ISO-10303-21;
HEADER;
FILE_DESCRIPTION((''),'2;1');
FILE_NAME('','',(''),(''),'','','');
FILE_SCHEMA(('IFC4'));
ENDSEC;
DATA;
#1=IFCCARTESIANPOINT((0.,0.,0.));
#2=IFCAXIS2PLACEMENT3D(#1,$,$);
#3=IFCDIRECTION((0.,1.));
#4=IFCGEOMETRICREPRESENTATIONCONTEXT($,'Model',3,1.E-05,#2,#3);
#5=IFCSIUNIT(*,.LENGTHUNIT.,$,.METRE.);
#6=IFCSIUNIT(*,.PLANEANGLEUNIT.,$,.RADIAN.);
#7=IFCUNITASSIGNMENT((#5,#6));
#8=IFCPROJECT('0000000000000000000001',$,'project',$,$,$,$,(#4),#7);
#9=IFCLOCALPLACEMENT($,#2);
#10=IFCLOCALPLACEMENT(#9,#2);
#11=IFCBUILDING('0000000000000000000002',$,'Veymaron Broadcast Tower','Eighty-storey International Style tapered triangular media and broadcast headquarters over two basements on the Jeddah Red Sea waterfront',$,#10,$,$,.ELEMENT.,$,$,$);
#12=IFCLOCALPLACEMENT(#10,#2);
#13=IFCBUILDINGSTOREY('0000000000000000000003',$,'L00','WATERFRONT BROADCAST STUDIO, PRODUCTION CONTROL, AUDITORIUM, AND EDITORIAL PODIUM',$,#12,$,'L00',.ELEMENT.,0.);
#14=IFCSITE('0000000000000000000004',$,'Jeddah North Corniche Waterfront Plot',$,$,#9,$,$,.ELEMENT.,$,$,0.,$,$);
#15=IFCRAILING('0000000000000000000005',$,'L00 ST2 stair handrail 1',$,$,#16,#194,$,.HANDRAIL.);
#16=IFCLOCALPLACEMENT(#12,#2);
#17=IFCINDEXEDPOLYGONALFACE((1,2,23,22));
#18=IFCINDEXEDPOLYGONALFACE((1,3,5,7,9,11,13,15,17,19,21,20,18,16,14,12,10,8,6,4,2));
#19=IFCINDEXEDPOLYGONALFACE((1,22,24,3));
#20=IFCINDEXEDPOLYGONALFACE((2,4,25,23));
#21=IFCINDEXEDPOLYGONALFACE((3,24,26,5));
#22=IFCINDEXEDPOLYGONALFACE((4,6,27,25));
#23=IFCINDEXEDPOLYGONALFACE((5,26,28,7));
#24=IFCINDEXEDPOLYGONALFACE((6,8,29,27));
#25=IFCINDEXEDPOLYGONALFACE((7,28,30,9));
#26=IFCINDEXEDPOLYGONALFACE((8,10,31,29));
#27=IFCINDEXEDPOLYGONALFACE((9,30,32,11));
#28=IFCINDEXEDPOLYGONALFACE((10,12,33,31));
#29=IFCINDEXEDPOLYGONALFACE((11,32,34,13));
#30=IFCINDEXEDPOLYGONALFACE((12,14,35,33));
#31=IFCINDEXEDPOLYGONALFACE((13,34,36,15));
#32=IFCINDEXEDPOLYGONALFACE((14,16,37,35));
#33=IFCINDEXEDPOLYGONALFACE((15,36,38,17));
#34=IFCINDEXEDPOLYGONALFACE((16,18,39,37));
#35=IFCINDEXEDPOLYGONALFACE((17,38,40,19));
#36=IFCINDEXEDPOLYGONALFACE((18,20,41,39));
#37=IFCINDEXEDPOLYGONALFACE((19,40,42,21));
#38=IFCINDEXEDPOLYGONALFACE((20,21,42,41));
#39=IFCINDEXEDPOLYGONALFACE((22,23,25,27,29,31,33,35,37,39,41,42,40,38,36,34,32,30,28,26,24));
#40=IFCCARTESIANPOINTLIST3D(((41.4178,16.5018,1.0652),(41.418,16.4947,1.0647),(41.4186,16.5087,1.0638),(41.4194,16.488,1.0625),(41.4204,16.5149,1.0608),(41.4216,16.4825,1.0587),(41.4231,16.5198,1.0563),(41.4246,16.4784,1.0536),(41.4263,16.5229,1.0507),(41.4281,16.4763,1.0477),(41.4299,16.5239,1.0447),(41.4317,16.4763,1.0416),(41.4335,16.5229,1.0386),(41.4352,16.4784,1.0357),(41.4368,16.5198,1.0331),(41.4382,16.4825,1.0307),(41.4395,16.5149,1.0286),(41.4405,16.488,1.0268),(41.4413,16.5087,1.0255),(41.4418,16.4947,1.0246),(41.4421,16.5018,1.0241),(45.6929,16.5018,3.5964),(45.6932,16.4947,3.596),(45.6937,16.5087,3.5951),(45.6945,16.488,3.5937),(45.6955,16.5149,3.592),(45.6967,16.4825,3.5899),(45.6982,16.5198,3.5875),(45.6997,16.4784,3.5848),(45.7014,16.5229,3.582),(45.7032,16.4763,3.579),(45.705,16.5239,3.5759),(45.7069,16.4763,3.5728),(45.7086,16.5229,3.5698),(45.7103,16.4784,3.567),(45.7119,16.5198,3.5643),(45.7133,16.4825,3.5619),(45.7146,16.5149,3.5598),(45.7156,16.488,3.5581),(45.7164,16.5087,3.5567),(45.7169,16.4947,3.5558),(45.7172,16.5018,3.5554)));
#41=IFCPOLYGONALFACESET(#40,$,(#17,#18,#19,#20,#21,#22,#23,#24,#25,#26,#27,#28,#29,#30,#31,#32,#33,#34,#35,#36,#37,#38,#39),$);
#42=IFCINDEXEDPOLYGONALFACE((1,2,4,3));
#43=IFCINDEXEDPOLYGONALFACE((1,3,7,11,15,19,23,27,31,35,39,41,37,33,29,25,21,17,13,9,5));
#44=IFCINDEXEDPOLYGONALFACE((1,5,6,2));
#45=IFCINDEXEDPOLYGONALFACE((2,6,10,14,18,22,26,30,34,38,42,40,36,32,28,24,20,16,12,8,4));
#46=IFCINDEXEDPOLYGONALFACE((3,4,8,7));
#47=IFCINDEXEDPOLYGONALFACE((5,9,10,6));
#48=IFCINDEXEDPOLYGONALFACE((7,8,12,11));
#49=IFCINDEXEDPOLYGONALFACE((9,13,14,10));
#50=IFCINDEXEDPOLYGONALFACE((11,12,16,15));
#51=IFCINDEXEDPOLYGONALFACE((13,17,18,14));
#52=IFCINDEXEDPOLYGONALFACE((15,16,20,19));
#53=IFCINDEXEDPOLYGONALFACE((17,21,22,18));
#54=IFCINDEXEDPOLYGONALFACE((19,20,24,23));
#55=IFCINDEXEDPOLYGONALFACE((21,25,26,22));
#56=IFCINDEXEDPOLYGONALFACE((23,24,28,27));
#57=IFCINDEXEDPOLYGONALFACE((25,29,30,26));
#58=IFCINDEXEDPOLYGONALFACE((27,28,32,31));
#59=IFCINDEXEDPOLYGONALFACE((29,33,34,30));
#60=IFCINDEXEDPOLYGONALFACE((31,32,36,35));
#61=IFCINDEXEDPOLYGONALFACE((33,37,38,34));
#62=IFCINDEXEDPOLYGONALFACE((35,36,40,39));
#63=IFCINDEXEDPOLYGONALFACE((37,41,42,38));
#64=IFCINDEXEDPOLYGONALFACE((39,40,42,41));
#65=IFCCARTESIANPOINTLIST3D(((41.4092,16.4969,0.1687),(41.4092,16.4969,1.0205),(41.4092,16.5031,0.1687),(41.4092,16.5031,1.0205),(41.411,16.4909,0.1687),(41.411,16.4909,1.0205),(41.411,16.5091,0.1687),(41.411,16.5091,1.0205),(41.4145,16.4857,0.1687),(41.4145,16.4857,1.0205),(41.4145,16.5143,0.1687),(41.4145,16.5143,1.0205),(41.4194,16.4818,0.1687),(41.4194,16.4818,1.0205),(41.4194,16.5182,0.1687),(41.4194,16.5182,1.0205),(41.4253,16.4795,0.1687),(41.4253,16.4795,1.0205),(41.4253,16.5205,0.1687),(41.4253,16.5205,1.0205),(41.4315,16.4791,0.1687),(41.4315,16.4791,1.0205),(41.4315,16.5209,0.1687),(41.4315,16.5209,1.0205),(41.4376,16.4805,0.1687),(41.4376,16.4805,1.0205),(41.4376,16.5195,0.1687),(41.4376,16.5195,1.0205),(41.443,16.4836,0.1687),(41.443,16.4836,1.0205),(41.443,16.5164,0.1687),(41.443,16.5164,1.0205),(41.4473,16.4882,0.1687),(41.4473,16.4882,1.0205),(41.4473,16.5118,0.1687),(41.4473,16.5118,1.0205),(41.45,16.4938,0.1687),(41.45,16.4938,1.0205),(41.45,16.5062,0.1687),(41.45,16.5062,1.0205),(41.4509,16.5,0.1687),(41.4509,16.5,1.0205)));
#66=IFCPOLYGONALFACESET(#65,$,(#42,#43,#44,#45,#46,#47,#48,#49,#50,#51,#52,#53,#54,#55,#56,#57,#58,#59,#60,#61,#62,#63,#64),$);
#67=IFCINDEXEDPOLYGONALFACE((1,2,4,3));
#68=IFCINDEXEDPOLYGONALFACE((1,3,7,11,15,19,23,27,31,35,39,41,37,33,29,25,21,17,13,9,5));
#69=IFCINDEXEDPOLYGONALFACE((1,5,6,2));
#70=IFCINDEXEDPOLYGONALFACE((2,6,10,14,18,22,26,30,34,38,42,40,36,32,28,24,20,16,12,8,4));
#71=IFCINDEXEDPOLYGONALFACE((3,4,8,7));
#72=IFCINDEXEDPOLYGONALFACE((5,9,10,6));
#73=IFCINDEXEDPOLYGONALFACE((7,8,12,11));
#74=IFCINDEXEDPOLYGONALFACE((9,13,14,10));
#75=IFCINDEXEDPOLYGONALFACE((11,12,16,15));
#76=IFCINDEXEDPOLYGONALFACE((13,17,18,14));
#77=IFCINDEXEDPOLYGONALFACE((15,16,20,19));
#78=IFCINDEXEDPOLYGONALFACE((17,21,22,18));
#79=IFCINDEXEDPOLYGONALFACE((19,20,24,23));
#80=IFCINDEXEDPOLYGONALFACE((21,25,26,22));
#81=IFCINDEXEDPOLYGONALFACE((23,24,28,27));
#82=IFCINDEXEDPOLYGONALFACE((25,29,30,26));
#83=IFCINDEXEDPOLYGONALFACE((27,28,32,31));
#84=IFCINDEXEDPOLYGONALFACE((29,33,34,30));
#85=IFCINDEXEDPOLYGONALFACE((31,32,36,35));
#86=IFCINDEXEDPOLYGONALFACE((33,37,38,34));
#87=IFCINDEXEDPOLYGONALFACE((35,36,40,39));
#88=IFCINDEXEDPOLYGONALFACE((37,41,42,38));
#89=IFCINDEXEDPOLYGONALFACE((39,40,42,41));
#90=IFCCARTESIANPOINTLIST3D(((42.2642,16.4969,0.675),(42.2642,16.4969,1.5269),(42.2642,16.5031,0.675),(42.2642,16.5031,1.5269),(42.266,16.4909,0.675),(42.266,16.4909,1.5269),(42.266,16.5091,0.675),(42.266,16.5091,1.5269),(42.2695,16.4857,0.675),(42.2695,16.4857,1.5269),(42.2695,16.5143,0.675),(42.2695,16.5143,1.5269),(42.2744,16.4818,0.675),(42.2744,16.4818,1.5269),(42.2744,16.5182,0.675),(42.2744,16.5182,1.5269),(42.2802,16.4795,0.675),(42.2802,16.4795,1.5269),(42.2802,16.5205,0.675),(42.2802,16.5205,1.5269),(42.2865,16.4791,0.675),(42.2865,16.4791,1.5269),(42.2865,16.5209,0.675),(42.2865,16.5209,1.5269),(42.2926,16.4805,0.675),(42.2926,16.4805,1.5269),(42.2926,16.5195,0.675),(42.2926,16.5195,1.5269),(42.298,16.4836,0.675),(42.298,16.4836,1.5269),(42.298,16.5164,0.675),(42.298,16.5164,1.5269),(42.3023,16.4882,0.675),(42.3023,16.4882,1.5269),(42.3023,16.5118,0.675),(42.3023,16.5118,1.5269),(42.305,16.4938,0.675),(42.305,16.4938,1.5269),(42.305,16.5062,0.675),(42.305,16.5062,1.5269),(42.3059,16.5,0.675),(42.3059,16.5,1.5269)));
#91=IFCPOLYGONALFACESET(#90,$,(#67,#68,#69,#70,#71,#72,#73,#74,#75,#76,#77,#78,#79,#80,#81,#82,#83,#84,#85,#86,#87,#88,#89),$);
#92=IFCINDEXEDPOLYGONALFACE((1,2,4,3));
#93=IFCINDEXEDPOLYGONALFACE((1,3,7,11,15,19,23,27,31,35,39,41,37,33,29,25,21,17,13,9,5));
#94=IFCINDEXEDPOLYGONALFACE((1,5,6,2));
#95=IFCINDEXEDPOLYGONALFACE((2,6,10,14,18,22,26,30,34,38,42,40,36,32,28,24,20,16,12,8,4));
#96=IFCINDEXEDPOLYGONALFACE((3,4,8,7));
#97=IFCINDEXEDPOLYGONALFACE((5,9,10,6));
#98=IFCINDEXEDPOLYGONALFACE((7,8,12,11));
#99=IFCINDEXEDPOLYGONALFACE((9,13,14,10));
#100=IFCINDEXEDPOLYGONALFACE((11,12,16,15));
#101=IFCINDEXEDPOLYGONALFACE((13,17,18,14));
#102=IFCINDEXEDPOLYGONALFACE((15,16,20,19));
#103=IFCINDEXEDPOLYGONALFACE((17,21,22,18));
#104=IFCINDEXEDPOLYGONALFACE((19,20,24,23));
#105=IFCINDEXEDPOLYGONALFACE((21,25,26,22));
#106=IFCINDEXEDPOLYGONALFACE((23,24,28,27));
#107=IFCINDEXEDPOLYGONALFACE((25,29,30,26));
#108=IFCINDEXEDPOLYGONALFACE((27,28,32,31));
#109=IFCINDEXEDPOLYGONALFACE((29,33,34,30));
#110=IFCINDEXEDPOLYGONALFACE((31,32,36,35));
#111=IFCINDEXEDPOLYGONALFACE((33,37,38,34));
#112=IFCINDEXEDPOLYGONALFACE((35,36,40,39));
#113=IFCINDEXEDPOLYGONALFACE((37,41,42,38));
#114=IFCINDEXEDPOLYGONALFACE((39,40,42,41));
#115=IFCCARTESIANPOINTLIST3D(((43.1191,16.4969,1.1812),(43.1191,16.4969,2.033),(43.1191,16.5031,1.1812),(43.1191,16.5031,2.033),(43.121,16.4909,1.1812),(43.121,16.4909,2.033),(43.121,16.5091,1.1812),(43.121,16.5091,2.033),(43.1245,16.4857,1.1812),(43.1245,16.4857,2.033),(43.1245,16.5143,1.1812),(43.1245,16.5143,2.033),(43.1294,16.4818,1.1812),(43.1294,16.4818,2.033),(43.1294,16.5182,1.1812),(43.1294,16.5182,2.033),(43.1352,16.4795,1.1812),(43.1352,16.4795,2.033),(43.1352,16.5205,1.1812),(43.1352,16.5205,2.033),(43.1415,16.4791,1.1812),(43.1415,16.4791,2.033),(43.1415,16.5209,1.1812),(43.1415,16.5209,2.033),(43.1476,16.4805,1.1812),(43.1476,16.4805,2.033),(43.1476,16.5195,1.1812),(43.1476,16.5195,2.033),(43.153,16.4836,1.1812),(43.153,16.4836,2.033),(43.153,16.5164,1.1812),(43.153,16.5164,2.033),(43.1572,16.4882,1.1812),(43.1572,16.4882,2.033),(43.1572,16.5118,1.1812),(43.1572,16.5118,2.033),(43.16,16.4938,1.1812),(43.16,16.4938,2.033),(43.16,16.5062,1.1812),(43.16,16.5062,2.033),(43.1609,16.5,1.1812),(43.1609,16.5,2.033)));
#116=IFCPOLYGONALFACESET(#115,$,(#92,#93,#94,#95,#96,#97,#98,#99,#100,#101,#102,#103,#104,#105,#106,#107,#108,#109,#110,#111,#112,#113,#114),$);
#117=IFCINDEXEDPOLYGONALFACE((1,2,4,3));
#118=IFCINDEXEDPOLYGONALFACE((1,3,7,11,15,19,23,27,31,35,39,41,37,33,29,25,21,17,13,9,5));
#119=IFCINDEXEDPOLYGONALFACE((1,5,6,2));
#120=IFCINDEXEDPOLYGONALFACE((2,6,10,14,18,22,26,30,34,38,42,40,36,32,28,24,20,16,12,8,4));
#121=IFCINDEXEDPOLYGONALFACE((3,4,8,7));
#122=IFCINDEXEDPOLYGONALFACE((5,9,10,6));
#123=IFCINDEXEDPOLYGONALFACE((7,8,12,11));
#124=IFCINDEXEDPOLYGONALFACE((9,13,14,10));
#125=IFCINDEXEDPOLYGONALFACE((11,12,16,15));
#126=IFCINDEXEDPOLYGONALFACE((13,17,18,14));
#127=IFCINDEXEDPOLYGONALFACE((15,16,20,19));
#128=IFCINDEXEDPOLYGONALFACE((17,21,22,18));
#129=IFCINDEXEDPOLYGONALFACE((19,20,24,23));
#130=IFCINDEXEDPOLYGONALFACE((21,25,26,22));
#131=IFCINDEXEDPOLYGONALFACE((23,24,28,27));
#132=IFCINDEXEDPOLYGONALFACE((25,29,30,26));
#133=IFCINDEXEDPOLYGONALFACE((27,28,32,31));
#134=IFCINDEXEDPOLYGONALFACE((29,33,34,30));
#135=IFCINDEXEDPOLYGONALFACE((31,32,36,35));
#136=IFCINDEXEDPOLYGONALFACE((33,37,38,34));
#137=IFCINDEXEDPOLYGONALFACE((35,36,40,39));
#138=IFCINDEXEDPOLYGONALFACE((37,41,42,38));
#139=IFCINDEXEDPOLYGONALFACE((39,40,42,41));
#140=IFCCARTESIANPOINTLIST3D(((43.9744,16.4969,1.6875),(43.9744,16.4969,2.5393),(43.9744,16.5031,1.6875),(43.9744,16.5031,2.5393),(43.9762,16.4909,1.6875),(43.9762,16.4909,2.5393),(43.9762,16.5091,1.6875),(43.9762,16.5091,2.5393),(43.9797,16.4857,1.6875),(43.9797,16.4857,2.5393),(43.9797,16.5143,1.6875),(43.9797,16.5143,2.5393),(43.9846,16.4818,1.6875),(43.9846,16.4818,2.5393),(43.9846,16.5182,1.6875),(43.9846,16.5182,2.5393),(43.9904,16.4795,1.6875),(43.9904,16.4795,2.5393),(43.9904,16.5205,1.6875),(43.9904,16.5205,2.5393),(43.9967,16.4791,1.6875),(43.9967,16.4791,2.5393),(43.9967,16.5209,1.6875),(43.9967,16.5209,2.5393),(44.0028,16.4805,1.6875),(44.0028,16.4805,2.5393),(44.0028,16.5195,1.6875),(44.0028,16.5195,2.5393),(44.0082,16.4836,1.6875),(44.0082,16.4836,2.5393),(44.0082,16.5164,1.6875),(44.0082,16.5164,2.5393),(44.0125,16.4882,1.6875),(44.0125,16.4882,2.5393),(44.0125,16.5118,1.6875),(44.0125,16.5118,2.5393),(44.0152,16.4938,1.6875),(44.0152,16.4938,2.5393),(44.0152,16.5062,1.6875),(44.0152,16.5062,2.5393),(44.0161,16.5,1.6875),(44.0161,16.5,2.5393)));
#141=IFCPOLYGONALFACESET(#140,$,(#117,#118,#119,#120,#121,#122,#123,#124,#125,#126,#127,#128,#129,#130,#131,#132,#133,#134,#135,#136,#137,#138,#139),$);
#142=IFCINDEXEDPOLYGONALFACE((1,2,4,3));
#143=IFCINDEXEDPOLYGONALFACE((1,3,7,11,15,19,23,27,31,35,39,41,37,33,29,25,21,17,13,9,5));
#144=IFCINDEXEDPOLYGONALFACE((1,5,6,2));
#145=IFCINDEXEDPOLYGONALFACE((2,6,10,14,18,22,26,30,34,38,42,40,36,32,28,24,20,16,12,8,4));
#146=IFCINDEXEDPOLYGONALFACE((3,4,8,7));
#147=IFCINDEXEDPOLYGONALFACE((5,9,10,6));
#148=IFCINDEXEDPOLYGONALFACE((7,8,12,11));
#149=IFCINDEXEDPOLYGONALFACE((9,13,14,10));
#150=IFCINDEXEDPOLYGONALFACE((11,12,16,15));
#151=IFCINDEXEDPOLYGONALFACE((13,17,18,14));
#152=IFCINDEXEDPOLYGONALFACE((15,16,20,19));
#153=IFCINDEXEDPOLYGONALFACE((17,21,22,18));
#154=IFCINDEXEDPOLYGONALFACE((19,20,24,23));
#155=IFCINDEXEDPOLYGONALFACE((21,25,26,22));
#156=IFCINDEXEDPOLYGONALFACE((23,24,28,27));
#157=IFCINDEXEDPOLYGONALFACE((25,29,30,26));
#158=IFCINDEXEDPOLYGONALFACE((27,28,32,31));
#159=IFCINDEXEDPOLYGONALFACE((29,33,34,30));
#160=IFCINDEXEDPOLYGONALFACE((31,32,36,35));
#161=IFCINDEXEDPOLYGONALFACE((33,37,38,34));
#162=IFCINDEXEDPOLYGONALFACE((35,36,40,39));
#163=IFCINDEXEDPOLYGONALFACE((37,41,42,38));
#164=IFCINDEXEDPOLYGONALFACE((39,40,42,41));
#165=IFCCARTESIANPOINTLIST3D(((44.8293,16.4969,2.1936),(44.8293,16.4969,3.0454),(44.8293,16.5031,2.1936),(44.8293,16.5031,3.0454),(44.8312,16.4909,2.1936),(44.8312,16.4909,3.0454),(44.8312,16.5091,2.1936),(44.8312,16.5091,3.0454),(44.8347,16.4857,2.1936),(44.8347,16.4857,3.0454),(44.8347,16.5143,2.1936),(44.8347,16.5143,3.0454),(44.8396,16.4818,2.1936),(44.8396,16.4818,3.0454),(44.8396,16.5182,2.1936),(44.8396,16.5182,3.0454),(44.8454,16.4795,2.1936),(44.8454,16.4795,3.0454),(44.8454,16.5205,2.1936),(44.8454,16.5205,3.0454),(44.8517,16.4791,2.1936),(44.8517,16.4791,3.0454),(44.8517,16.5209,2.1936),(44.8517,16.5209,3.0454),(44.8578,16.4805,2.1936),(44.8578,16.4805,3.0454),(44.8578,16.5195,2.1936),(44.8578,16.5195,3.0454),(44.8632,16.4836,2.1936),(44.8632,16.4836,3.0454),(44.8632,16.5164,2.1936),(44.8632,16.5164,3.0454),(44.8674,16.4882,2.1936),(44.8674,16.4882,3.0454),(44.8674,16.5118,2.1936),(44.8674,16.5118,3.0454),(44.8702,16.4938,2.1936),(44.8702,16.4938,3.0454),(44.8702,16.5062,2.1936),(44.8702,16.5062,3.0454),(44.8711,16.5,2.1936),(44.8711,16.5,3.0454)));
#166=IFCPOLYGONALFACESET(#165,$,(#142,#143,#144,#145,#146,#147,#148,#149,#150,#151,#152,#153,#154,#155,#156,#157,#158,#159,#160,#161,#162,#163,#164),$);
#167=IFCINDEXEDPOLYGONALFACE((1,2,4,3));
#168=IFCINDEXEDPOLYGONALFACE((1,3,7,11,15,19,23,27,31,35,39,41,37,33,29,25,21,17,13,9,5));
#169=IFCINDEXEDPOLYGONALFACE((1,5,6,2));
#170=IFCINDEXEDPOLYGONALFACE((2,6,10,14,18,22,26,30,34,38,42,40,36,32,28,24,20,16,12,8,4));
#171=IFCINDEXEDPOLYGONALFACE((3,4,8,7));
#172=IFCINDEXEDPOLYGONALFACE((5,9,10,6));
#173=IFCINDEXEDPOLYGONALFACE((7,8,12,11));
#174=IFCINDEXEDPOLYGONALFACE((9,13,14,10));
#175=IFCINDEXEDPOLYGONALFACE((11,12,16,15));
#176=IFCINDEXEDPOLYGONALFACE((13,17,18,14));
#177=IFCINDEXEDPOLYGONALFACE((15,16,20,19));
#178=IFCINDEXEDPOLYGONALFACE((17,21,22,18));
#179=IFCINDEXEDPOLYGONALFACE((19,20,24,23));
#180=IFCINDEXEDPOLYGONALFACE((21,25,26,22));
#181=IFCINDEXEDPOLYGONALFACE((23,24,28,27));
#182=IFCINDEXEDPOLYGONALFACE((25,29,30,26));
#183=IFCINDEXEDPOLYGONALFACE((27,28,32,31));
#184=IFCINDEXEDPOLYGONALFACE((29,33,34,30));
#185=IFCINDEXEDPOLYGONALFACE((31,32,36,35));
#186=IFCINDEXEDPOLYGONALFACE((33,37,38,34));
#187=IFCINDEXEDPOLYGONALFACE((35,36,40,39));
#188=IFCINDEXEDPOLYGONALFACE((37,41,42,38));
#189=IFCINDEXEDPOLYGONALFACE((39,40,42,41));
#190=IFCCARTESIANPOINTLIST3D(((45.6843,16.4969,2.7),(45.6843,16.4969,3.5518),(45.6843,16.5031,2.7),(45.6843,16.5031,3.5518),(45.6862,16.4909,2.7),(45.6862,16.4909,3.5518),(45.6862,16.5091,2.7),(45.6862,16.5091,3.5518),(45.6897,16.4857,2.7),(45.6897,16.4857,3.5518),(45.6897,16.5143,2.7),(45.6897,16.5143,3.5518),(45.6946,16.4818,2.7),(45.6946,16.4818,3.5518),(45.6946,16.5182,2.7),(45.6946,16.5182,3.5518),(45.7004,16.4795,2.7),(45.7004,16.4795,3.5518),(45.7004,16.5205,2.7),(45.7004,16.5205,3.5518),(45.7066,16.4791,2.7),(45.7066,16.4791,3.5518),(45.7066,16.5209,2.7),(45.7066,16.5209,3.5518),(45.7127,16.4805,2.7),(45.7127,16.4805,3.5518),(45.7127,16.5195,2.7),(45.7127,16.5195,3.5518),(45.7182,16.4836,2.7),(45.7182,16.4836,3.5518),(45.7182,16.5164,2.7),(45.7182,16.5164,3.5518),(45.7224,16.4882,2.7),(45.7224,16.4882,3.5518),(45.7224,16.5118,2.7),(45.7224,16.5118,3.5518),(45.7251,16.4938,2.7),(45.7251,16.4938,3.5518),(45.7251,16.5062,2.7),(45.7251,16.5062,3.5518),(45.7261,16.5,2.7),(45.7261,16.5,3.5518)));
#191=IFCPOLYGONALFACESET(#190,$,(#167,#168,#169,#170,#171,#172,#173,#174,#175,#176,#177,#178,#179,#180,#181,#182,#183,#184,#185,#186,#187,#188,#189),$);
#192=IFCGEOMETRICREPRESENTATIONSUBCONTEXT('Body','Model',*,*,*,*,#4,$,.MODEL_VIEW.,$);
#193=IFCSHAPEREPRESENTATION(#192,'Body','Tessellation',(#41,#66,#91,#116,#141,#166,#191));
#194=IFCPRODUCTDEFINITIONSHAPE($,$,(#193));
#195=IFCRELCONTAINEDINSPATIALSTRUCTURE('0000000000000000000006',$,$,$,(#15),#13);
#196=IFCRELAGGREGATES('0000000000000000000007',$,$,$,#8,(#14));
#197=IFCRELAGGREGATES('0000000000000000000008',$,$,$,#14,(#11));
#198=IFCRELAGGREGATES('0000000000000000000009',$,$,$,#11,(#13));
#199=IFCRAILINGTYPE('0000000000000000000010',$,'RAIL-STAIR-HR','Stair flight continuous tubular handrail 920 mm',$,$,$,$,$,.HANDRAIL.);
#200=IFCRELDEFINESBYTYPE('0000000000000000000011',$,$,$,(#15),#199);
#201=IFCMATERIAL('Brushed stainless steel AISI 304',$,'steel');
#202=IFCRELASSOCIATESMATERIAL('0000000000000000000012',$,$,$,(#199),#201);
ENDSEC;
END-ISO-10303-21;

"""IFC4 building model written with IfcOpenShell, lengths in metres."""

from ifc_helpers import new_model, si_unit, direction, frame, origin, origin_2d, place, context, subcontext, project, spatial, circle, extrude, material, type_object, element, save


model = new_model("IFC4")

# Units and contexts
model_context = context("Model", 3, precision=1e-05, world=origin(), true_north=direction((0.0, 1.0)))
body_context = subcontext(model_context, "Body", "Model", "MODEL_VIEW")
ifc_project = project(units=[si_unit("LENGTHUNIT", "METRE"), si_unit("PLANEANGLEUNIT", "RADIAN")], contexts=[model_context])

# Site, building, storey
site_placement = place(None, origin())
site = spatial("IfcSite", under=ifc_project, at=site_placement, Name="Jeddah North Corniche Waterfront Plot", CompositionType="ELEMENT", RefElevation=0.0)
building_placement = place(site_placement, origin())
building = spatial("IfcBuilding", under=site, at=building_placement, Name="Veymaron Broadcast Tower", Description="Eighty-storey International Style tapered triangular media and broadcast headquarters over two basements on the Jeddah Red Sea waterfront", CompositionType="ELEMENT")
storey_placement = place(building_placement, origin())
storey = spatial("IfcBuildingStorey", under=building, at=storey_placement, Name="L00", Description="WATERFRONT BROADCAST STUDIO, PRODUCTION CONTROL, AUDITORIUM, AND EDITORIAL PODIUM", LongName="L00", CompositionType="ELEMENT", Elevation=0.0)

# Railing
ifc_material_1 = material(Name="Brushed stainless steel AISI 304", Category="steel")
railing_type_1 = type_object("IfcRailingType", Name="RAIL-STAIR-HR", Description="Stair flight continuous tubular handrail 920 mm", PredefinedType="HANDRAIL", material=ifc_material_1)
railing_1_placement = place(storey_placement, frame((41.4299, 16.5, 0.1687)))
element("IfcRailing", 1, at=railing_1_placement, inside=storey, type_object=railing_type_1, Name="L00 ST2 stair handrail 1", PredefinedType="HANDRAIL", context=body_context, shape_type="SweptSolid", body=[
    extrude(circle(Radius=0.0239, at=origin_2d()), frame((0.0, 0.0, 0.876), z_axis=(0.860483, 0.0, 0.509479), x_axis=(0.0, 1.0, 0.0)), (0.0, 0.0, 1.0), 4.9683),
    extrude(circle(Radius=0.021, at=origin_2d()), origin(), (0.0, 0.0, 1.0), 0.8518),
    extrude(circle(Radius=0.021, at=origin_2d()), frame((0.855, 0.0, 0.5063)), (0.0, 0.0, 1.0), 0.8518),
    extrude(circle(Radius=0.021, at=origin_2d()), frame((1.71, 0.0, 1.0125)), (0.0, 0.0, 1.0), 0.8518),
    extrude(circle(Radius=0.021, at=origin_2d()), frame((2.5652, 0.0, 1.5188)), (0.0, 0.0, 1.0), 0.8518),
    extrude(circle(Radius=0.021, at=origin_2d()), frame((3.4202, 0.0, 2.0249)), (0.0, 0.0, 1.0), 0.8518),
    extrude(circle(Radius=0.021, at=origin_2d()), frame((4.2751, 0.0, 2.5312)), (0.0, 0.0, 1.0), 0.8518),
])

save(model, "model.ifc")
